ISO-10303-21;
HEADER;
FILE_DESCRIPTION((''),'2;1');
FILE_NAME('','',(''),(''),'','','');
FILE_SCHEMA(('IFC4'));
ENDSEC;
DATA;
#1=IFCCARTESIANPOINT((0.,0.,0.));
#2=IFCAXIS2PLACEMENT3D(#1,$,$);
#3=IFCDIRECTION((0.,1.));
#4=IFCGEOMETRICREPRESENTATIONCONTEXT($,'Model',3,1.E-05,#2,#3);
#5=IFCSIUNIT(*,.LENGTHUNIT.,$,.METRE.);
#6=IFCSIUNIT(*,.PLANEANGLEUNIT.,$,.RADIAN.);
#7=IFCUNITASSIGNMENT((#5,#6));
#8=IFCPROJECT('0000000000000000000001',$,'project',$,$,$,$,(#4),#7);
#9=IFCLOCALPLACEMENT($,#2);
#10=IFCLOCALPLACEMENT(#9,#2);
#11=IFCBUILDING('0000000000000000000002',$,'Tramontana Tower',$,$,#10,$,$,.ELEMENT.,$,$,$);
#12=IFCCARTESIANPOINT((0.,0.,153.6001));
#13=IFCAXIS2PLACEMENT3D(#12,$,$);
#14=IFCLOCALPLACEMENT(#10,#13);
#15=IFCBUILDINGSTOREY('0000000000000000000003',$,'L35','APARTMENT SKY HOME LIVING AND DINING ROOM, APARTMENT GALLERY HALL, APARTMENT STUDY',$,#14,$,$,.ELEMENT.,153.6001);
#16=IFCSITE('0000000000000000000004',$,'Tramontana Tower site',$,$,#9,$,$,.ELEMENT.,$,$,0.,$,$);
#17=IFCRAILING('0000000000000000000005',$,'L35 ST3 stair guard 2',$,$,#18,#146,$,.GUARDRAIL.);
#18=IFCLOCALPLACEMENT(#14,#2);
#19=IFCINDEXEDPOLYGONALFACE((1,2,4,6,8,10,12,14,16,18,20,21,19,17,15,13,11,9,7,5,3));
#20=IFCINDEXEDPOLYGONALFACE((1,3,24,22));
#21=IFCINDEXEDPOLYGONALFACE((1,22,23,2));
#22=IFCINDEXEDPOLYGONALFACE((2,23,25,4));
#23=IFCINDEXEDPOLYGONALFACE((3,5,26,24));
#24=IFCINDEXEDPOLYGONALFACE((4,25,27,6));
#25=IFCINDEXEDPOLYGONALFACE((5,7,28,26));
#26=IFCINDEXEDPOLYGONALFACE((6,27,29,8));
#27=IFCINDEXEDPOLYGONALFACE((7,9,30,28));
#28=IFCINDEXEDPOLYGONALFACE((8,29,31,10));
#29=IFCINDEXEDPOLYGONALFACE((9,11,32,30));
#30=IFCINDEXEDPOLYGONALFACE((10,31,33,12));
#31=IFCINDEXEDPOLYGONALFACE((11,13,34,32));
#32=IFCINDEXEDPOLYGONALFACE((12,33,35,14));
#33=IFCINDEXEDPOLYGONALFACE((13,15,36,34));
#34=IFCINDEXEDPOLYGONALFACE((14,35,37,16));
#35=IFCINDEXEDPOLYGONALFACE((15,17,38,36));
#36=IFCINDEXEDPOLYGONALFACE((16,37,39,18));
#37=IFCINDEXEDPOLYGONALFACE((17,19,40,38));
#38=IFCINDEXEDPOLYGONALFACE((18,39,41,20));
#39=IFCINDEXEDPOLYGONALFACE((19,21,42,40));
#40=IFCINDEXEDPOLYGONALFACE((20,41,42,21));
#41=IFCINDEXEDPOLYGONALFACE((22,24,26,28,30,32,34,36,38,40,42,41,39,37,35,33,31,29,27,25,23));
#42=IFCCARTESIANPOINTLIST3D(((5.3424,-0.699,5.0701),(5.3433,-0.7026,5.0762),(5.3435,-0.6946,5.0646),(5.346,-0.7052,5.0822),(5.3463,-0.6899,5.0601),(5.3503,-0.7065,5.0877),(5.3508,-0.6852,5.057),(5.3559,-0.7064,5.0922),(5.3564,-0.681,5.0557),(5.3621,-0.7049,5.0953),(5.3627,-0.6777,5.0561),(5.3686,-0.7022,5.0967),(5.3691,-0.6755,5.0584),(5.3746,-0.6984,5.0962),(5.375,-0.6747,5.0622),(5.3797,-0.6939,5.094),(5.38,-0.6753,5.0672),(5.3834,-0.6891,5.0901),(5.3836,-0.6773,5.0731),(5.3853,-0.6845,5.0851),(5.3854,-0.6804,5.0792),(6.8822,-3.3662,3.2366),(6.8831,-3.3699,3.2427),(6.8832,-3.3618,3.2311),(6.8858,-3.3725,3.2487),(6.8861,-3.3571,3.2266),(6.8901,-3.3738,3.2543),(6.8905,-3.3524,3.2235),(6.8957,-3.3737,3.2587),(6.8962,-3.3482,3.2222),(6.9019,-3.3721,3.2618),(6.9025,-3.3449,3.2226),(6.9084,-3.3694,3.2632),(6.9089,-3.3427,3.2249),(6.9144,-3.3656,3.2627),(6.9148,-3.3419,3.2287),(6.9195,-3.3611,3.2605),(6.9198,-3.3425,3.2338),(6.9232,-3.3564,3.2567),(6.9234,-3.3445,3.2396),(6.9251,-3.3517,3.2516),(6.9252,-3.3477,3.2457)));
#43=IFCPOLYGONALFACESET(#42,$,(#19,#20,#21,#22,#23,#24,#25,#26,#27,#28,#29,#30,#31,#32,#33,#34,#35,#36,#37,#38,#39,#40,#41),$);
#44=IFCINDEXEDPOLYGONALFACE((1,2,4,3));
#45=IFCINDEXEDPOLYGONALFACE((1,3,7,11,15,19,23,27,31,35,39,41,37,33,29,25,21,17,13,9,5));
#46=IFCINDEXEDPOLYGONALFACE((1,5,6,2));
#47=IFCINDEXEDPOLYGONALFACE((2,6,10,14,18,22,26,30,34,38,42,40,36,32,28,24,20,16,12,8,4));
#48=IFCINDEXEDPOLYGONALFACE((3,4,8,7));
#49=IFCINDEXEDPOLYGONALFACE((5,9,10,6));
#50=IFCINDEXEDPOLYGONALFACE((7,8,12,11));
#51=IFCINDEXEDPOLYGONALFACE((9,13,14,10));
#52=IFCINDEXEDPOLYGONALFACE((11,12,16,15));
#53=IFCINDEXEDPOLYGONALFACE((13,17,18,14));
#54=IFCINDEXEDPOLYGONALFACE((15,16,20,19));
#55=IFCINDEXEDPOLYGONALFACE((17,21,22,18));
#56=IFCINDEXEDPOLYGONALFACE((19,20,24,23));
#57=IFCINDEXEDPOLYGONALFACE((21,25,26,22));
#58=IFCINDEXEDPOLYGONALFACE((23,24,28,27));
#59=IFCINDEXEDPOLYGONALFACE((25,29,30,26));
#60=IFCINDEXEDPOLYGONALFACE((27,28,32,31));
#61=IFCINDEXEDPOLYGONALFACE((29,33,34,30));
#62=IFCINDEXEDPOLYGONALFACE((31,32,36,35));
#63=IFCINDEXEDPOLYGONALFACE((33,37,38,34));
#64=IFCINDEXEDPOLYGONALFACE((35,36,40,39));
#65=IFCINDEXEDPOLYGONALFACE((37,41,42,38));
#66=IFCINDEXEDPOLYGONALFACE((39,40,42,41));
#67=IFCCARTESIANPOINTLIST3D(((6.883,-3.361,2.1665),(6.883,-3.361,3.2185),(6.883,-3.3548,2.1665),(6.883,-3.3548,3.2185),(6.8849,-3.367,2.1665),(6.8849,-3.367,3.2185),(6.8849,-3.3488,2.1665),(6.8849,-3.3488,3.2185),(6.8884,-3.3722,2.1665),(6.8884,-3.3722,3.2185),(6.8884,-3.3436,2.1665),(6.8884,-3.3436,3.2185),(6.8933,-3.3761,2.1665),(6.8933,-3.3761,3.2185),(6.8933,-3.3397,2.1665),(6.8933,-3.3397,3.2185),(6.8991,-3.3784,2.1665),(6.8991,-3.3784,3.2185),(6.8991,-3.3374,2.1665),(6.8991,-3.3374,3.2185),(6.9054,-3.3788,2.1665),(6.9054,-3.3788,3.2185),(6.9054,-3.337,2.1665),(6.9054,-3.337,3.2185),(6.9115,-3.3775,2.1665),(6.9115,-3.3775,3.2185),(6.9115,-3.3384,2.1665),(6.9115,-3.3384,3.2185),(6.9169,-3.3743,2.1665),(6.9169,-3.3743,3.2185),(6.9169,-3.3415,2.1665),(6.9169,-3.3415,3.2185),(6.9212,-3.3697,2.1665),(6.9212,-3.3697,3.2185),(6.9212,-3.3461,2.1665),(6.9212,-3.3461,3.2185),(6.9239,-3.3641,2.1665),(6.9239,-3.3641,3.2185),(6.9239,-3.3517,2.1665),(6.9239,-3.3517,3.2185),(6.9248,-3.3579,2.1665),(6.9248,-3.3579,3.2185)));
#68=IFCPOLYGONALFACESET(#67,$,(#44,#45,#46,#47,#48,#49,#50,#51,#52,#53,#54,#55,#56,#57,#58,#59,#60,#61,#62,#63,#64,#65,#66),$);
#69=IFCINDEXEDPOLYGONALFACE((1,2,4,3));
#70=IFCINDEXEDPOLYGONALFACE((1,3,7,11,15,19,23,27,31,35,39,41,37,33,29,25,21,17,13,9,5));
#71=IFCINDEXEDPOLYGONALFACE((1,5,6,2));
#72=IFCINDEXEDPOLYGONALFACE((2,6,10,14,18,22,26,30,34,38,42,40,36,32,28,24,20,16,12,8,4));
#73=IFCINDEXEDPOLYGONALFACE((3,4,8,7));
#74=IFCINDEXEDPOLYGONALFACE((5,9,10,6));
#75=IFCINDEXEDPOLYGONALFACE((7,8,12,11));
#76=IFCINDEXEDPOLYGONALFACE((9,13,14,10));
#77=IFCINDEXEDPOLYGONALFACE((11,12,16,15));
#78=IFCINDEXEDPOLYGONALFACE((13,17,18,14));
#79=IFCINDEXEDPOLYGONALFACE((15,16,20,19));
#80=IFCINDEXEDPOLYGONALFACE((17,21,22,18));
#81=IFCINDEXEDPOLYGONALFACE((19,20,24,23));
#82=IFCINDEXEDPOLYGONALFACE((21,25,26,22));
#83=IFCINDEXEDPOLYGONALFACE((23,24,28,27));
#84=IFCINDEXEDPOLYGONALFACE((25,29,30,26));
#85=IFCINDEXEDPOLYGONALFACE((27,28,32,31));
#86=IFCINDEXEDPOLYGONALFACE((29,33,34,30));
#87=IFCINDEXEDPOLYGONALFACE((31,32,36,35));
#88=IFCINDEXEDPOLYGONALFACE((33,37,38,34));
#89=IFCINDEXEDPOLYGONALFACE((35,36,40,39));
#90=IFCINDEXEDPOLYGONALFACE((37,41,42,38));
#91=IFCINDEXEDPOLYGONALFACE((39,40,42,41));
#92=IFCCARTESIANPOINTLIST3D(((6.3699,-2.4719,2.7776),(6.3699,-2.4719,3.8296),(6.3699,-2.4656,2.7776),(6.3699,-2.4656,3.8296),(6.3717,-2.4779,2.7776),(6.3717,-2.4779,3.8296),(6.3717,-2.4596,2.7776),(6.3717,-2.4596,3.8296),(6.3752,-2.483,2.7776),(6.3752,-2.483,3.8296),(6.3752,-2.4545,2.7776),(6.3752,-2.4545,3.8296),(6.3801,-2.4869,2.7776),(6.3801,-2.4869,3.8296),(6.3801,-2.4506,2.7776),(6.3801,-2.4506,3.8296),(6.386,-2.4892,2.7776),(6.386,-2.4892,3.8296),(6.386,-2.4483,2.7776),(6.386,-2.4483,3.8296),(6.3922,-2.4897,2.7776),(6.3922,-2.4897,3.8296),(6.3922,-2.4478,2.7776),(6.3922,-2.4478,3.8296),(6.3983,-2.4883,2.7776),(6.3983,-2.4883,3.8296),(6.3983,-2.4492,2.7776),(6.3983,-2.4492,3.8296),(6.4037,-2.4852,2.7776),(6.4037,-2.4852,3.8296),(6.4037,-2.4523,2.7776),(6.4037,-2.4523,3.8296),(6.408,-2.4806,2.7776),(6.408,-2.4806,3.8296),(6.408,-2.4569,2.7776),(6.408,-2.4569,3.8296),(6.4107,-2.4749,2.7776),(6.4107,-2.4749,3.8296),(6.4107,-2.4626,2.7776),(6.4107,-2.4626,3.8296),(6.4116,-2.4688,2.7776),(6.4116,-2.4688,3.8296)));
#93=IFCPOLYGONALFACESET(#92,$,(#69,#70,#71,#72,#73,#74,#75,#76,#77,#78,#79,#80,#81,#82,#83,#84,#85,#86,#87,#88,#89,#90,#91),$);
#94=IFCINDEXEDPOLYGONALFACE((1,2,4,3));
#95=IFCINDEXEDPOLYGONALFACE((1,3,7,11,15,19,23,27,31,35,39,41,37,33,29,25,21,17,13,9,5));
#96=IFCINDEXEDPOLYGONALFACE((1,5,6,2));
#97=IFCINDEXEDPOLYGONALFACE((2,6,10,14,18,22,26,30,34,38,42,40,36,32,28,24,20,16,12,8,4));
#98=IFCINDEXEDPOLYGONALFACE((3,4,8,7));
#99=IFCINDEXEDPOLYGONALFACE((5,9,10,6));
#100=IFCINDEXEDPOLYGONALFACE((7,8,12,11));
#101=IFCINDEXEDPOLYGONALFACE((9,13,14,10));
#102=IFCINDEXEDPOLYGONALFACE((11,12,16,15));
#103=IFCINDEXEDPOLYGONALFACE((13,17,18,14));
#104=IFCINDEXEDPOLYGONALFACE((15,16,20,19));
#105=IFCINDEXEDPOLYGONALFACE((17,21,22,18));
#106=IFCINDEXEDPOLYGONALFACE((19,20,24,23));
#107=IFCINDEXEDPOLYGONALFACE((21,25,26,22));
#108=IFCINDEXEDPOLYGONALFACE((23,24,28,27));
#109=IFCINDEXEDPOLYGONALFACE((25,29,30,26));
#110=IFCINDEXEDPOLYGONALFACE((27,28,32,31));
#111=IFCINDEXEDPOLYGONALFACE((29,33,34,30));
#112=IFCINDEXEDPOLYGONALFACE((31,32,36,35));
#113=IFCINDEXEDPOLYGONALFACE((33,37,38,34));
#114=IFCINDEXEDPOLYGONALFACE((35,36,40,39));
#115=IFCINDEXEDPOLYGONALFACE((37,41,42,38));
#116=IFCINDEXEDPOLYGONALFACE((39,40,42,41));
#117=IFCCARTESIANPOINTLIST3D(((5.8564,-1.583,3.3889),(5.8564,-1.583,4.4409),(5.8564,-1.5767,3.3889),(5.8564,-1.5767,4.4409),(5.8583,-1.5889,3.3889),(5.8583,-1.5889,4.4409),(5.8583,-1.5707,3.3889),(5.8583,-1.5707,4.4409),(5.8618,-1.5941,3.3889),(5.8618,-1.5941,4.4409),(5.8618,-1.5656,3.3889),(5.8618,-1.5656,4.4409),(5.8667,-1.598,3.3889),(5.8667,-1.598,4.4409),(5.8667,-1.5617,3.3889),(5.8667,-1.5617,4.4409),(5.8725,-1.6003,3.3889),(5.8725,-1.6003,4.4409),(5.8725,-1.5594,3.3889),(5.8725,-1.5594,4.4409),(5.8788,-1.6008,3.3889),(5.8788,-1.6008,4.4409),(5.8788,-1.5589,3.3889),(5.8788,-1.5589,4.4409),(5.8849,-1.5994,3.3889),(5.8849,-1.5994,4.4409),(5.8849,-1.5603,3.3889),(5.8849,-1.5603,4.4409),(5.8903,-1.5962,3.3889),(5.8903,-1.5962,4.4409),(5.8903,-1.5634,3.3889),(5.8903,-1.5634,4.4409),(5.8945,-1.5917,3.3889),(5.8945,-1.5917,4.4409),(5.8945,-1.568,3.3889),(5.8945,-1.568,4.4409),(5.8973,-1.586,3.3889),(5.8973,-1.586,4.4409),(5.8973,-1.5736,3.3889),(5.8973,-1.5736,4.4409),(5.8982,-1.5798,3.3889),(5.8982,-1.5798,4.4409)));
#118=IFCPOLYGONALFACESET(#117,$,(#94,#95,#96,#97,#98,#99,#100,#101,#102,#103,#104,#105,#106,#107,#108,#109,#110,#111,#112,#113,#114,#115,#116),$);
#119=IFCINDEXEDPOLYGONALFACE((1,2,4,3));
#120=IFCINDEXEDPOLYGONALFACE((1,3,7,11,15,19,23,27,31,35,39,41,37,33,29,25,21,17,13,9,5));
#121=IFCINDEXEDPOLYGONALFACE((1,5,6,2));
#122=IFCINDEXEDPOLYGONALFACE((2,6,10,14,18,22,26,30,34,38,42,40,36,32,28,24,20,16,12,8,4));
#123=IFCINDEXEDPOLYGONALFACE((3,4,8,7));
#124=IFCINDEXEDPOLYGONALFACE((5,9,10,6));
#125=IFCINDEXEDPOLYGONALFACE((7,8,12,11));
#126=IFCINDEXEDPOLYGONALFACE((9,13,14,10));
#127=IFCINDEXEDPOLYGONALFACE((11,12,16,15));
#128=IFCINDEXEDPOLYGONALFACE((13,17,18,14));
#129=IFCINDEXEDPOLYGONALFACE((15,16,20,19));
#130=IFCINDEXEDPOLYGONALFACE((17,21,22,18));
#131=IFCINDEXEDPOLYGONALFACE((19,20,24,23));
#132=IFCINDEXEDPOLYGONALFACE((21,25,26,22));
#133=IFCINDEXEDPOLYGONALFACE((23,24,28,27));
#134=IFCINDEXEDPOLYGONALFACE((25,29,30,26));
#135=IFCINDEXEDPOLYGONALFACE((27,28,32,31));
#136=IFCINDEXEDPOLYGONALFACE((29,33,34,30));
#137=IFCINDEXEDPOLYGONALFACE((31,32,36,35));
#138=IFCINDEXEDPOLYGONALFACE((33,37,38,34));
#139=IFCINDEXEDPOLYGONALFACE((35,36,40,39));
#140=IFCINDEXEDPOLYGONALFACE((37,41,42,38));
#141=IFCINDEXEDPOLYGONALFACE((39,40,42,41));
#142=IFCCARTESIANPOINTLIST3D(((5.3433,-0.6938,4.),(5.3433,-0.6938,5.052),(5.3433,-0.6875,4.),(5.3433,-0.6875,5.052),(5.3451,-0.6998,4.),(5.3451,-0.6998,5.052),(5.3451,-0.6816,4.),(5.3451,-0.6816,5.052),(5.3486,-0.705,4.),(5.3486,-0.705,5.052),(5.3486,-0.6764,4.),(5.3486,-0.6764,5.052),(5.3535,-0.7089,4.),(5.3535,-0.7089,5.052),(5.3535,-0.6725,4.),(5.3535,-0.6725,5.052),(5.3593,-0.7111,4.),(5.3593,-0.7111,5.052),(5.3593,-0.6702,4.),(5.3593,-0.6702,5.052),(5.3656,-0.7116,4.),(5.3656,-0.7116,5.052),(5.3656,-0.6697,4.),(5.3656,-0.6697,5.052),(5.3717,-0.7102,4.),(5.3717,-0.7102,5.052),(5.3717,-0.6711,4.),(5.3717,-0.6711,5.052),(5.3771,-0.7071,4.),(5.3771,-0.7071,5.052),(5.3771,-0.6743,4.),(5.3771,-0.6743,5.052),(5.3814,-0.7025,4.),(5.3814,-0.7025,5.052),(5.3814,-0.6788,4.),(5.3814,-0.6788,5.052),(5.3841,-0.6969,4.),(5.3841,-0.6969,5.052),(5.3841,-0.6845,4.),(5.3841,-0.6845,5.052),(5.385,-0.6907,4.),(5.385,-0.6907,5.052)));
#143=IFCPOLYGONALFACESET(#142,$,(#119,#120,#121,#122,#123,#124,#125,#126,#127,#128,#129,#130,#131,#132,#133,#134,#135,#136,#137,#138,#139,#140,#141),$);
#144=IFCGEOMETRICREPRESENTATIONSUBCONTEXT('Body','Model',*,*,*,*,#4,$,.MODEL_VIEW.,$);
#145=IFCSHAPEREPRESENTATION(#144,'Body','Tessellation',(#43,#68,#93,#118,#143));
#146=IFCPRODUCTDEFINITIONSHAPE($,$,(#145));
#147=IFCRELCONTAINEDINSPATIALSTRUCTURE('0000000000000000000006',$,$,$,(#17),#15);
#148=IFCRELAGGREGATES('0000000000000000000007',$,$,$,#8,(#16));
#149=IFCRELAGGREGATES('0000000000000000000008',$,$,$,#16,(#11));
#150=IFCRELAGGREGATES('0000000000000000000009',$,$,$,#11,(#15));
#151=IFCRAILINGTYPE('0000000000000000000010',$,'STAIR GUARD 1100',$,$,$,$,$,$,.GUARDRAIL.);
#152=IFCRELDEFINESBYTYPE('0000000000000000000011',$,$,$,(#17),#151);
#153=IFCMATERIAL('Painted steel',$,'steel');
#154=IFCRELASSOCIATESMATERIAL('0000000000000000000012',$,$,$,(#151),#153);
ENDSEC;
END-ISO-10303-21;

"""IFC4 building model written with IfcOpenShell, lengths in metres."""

from ifc_helpers import new_model, si_unit, direction, frame, origin, origin_2d, place, context, subcontext, project, spatial, circle, extrude, material, type_object, element, save


model = new_model("IFC4")

# Units and contexts
model_context = context("Model", 3, precision=1e-05, world=origin(), true_north=direction((0.0, 1.0)))
body_context = subcontext(model_context, "Body", "Model", "MODEL_VIEW")
ifc_project = project(units=[si_unit("LENGTHUNIT", "METRE"), si_unit("PLANEANGLEUNIT", "RADIAN")], contexts=[model_context])

# Site, building, storey
site_placement = place(None, origin())
site = spatial("IfcSite", under=ifc_project, at=site_placement, Name="Tramontana Tower site", CompositionType="ELEMENT", RefElevation=0.0)
building_placement = place(site_placement, origin())
building = spatial("IfcBuilding", under=site, at=building_placement, Name="Tramontana Tower", CompositionType="ELEMENT")
storey_placement = place(building_placement, frame((0.0, 0.0, 153.6001)))
storey = spatial("IfcBuildingStorey", under=building, at=storey_placement, Name="L35", Description="APARTMENT SKY HOME LIVING AND DINING ROOM, APARTMENT GALLERY HALL, APARTMENT STUDY", CompositionType="ELEMENT", Elevation=153.6001)

# Railing
ifc_material_1 = material(Name="Painted steel", Category="steel")
railing_type_1 = type_object("IfcRailingType", Name="STAIR GUARD 1100", PredefinedType="GUARDRAIL", material=ifc_material_1)
railing_1_placement = place(storey_placement, frame((6.9038, -3.3579, 2.1665)))
element("IfcRailing", 1, at=railing_1_placement, inside=storey, type_object=railing_type_1, Name="L35 ST3 stair guard 2", PredefinedType="GUARDRAIL", context=body_context, shape_type="SweptSolid", body=[
    extrude(circle(Radius=0.0239, at=origin_2d()), frame((0.0, 0.0, 1.0762), z_axis=(-0.429601, 0.744155, 0.511543), x_axis=(-0.866044, -0.499967, 0.0)), (0.0, 0.0, 1.0), 3.5842),
    extrude(circle(Radius=0.021, at=origin_2d()), origin(), (0.0, 0.0, 1.0), 1.052),
    extrude(circle(Radius=0.021, at=origin_2d()), frame((-0.5132, 0.8892, 0.6111)), (0.0, 0.0, 1.0), 1.052),
    extrude(circle(Radius=0.021, at=origin_2d()), frame((-1.0266, 1.7781, 1.2224)), (0.0, 0.0, 1.0), 1.052),
    extrude(circle(Radius=0.021, at=origin_2d()), frame((-1.5398, 2.6672, 1.8335)), (0.0, 0.0, 1.0), 1.052),
])

save(model, "model.ifc")
